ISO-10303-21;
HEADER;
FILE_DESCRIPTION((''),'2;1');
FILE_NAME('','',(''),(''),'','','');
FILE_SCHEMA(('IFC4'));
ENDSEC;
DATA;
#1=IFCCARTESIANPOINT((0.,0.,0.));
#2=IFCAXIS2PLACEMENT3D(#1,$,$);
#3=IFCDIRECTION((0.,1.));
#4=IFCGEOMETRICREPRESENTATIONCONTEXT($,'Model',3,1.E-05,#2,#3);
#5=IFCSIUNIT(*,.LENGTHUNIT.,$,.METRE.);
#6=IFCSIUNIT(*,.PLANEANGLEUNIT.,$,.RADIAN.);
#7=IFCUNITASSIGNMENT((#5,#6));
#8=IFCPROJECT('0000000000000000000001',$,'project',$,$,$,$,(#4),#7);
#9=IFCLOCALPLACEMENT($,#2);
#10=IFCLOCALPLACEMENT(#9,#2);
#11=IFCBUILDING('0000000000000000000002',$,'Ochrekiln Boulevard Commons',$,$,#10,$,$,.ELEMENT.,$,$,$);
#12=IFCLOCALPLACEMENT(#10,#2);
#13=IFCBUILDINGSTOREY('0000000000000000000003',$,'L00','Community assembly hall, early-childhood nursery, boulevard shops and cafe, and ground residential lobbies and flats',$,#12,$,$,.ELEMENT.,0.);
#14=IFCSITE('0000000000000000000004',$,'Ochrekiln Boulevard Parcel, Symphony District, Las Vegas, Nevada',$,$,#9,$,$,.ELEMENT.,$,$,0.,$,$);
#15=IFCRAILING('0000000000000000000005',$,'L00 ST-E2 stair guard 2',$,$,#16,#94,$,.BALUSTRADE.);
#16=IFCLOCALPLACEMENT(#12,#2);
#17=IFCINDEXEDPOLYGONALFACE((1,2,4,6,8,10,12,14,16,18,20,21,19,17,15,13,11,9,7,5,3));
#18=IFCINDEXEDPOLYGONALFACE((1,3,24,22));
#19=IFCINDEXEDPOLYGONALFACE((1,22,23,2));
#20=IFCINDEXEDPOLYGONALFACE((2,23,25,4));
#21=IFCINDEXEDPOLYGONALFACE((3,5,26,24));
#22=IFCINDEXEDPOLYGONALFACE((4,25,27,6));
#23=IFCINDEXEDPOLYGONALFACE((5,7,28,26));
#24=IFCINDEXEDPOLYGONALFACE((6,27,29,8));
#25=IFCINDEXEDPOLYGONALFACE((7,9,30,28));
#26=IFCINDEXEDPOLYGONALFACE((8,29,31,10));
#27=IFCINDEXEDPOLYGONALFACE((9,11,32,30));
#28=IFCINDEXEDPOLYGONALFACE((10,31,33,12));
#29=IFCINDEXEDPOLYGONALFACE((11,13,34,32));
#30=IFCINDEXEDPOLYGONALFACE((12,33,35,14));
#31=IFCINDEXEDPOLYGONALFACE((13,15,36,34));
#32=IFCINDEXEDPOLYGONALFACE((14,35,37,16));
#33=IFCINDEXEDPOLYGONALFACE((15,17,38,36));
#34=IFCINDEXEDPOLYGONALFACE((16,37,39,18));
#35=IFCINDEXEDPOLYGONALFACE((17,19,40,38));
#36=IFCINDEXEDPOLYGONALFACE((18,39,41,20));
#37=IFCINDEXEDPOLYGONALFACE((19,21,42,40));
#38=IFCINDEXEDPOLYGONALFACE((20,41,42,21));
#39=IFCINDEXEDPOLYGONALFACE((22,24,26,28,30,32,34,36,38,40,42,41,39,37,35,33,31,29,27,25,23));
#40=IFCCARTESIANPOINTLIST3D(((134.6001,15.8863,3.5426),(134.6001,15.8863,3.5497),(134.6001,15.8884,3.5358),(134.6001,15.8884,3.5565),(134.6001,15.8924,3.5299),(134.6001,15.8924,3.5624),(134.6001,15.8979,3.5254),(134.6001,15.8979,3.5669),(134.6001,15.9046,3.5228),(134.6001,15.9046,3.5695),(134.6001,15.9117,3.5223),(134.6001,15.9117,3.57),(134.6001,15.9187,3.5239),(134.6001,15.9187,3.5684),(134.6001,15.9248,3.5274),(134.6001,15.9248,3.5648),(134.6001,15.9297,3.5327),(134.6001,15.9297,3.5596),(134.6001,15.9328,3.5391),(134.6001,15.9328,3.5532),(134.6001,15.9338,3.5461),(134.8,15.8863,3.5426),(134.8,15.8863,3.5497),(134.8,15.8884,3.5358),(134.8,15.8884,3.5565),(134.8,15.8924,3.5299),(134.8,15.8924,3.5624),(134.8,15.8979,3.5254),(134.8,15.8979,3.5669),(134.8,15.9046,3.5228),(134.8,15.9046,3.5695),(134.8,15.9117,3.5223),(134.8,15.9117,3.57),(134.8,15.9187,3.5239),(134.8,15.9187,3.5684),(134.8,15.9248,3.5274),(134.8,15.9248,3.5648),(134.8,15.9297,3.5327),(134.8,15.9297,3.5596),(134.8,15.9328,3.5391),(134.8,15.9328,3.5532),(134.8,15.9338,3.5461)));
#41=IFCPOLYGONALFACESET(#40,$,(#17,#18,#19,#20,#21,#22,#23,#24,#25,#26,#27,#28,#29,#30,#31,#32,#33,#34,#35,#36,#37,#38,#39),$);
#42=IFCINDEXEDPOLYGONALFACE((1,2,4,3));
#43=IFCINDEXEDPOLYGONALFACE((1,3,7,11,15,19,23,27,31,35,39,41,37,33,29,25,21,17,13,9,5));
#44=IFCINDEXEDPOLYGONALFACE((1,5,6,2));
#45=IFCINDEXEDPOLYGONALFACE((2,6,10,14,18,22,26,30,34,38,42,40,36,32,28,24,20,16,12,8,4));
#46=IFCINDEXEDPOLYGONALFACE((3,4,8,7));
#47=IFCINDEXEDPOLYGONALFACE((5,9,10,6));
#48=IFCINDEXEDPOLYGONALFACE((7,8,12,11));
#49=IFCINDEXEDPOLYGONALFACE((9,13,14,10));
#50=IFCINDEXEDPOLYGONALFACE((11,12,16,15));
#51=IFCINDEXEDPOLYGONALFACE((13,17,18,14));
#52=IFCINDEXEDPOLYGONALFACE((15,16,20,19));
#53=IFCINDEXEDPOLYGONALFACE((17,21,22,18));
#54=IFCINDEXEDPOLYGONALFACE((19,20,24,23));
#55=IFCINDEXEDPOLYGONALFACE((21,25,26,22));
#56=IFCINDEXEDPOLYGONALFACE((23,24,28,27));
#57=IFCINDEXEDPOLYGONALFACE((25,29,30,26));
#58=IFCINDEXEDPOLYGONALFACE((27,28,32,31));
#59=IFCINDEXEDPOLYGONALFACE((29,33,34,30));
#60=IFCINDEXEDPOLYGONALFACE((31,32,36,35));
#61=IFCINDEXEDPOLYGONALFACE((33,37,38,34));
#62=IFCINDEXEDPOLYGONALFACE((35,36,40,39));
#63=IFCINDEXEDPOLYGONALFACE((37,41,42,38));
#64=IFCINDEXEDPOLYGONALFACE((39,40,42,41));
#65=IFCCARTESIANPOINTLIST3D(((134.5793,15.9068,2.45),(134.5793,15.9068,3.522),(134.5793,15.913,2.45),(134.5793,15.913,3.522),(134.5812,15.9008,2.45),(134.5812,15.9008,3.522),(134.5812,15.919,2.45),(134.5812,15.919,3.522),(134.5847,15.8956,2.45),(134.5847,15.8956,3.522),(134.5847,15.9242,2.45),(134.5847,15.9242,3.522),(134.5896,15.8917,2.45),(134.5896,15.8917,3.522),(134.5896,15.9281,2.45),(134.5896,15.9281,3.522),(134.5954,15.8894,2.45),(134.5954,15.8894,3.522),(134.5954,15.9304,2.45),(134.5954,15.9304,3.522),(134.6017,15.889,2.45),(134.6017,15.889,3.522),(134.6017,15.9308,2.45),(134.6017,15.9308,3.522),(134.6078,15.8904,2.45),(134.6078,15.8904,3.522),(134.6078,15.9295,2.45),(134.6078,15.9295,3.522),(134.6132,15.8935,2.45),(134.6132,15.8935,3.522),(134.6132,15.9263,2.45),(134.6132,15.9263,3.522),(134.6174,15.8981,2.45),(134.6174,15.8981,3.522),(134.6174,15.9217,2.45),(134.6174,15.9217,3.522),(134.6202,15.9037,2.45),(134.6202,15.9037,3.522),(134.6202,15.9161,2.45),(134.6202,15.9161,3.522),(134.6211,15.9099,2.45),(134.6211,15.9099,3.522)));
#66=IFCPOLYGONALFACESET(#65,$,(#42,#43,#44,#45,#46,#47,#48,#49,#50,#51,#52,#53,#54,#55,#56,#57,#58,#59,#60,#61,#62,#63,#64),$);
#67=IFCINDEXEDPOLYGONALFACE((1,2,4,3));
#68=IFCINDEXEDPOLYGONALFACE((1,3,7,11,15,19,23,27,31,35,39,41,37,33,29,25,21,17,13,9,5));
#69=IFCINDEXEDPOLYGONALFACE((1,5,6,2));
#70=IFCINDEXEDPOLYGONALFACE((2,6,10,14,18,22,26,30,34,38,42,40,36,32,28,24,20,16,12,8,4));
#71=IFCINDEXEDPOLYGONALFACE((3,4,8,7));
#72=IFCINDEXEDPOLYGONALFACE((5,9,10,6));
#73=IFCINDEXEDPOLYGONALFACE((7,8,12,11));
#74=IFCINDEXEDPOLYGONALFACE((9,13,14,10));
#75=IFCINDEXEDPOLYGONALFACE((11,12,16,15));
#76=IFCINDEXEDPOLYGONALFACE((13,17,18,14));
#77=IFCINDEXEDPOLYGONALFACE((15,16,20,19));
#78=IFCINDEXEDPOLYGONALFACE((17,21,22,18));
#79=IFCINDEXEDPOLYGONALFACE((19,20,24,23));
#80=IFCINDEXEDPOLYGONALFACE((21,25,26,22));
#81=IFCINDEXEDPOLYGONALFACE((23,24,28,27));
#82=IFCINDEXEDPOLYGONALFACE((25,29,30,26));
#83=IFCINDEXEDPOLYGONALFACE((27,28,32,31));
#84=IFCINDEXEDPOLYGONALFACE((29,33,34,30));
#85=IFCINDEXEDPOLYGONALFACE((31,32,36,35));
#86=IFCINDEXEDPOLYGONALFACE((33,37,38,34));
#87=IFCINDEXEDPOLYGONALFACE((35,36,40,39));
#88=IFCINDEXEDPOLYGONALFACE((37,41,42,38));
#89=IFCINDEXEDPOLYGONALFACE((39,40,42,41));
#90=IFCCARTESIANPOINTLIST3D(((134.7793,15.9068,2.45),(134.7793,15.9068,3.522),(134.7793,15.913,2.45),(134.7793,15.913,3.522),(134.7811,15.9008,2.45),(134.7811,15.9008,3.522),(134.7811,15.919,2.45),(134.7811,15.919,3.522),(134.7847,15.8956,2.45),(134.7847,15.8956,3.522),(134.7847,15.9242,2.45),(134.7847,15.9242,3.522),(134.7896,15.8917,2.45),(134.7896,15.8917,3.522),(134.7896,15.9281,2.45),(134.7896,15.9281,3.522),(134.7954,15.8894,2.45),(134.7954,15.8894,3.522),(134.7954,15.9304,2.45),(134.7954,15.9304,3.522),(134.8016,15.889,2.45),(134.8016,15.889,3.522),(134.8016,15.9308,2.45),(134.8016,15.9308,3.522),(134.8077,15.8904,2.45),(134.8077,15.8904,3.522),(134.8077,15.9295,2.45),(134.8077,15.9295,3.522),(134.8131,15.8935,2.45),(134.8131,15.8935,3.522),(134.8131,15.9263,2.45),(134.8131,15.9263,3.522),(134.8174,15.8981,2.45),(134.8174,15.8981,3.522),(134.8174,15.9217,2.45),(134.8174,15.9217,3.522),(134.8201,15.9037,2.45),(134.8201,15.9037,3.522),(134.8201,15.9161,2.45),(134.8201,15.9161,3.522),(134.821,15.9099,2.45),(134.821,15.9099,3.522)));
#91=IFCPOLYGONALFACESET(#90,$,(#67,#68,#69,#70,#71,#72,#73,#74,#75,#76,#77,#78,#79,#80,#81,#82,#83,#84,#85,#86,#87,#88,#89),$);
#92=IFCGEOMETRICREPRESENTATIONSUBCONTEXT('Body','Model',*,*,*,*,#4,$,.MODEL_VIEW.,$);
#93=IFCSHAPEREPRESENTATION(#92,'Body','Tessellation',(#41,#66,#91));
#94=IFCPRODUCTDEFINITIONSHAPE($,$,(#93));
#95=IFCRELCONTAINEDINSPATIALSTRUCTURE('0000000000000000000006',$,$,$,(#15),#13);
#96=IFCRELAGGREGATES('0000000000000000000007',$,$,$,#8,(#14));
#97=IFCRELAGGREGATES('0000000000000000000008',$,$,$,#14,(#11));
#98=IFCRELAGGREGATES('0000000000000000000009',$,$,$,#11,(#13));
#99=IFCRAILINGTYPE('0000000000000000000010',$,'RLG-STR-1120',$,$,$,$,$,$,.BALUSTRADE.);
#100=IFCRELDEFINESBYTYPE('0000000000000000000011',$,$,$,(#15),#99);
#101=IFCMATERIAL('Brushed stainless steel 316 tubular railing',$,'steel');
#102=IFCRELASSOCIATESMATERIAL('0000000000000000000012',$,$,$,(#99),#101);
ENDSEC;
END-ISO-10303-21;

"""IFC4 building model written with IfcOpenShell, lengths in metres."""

from ifc_helpers import new_model, si_unit, direction, frame, origin, origin_2d, place, context, subcontext, project, spatial, circle, extrude, material, type_object, element, save


model = new_model("IFC4")

# Units and contexts
model_context = context("Model", 3, precision=1e-05, world=origin(), true_north=direction((0.0, 1.0)))
body_context = subcontext(model_context, "Body", "Model", "MODEL_VIEW")
ifc_project = project(units=[si_unit("LENGTHUNIT", "METRE"), si_unit("PLANEANGLEUNIT", "RADIAN")], contexts=[model_context])

# Site, building, storey
site_placement = place(None, origin())
site = spatial("IfcSite", under=ifc_project, at=site_placement, Name="Ochrekiln Boulevard Parcel, Symphony District, Las Vegas, Nevada", CompositionType="ELEMENT", RefElevation=0.0)
building_placement = place(site_placement, origin())
building = spatial("IfcBuilding", under=site, at=building_placement, Name="Ochrekiln Boulevard Commons", CompositionType="ELEMENT")
storey_placement = place(building_placement, origin())
storey = spatial("IfcBuildingStorey", under=building, at=storey_placement, Name="L00", Description="Community assembly hall, early-childhood nursery, boulevard shops and cafe, and ground residential lobbies and flats", CompositionType="ELEMENT", Elevation=0.0)

# Railing
ifc_material_1 = material(Name="Brushed stainless steel 316 tubular railing", Category="steel")
railing_type_1 = type_object("IfcRailingType", Name="RLG-STR-1120", PredefinedType="BALUSTRADE", material=ifc_material_1)
railing_1_placement = place(storey_placement, frame((134.6001, 15.9099, 2.45)))
element("IfcRailing", 1, at=railing_1_placement, inside=storey, type_object=railing_type_1, Name="L00 ST-E2 stair guard 2", PredefinedType="BALUSTRADE", context=body_context, shape_type="SweptSolid", body=[
    extrude(circle(Radius=0.0239, at=origin_2d()), frame((0.0, 0.0, 1.0962), z_axis=(1.0, 0.0, 0.0), x_axis=(0.0, 1.0, 0.0)), (0.0, 0.0, 1.0), 0.2),
    extrude(circle(Radius=0.021, at=origin_2d()), origin(), (0.0, 0.0, 1.0), 1.072),
    extrude(circle(Radius=0.021, at=origin_2d()), frame((0.2, 0.0, 0.0)), (0.0, 0.0, 1.0), 1.072),
])

save(model, "model.ifc")
